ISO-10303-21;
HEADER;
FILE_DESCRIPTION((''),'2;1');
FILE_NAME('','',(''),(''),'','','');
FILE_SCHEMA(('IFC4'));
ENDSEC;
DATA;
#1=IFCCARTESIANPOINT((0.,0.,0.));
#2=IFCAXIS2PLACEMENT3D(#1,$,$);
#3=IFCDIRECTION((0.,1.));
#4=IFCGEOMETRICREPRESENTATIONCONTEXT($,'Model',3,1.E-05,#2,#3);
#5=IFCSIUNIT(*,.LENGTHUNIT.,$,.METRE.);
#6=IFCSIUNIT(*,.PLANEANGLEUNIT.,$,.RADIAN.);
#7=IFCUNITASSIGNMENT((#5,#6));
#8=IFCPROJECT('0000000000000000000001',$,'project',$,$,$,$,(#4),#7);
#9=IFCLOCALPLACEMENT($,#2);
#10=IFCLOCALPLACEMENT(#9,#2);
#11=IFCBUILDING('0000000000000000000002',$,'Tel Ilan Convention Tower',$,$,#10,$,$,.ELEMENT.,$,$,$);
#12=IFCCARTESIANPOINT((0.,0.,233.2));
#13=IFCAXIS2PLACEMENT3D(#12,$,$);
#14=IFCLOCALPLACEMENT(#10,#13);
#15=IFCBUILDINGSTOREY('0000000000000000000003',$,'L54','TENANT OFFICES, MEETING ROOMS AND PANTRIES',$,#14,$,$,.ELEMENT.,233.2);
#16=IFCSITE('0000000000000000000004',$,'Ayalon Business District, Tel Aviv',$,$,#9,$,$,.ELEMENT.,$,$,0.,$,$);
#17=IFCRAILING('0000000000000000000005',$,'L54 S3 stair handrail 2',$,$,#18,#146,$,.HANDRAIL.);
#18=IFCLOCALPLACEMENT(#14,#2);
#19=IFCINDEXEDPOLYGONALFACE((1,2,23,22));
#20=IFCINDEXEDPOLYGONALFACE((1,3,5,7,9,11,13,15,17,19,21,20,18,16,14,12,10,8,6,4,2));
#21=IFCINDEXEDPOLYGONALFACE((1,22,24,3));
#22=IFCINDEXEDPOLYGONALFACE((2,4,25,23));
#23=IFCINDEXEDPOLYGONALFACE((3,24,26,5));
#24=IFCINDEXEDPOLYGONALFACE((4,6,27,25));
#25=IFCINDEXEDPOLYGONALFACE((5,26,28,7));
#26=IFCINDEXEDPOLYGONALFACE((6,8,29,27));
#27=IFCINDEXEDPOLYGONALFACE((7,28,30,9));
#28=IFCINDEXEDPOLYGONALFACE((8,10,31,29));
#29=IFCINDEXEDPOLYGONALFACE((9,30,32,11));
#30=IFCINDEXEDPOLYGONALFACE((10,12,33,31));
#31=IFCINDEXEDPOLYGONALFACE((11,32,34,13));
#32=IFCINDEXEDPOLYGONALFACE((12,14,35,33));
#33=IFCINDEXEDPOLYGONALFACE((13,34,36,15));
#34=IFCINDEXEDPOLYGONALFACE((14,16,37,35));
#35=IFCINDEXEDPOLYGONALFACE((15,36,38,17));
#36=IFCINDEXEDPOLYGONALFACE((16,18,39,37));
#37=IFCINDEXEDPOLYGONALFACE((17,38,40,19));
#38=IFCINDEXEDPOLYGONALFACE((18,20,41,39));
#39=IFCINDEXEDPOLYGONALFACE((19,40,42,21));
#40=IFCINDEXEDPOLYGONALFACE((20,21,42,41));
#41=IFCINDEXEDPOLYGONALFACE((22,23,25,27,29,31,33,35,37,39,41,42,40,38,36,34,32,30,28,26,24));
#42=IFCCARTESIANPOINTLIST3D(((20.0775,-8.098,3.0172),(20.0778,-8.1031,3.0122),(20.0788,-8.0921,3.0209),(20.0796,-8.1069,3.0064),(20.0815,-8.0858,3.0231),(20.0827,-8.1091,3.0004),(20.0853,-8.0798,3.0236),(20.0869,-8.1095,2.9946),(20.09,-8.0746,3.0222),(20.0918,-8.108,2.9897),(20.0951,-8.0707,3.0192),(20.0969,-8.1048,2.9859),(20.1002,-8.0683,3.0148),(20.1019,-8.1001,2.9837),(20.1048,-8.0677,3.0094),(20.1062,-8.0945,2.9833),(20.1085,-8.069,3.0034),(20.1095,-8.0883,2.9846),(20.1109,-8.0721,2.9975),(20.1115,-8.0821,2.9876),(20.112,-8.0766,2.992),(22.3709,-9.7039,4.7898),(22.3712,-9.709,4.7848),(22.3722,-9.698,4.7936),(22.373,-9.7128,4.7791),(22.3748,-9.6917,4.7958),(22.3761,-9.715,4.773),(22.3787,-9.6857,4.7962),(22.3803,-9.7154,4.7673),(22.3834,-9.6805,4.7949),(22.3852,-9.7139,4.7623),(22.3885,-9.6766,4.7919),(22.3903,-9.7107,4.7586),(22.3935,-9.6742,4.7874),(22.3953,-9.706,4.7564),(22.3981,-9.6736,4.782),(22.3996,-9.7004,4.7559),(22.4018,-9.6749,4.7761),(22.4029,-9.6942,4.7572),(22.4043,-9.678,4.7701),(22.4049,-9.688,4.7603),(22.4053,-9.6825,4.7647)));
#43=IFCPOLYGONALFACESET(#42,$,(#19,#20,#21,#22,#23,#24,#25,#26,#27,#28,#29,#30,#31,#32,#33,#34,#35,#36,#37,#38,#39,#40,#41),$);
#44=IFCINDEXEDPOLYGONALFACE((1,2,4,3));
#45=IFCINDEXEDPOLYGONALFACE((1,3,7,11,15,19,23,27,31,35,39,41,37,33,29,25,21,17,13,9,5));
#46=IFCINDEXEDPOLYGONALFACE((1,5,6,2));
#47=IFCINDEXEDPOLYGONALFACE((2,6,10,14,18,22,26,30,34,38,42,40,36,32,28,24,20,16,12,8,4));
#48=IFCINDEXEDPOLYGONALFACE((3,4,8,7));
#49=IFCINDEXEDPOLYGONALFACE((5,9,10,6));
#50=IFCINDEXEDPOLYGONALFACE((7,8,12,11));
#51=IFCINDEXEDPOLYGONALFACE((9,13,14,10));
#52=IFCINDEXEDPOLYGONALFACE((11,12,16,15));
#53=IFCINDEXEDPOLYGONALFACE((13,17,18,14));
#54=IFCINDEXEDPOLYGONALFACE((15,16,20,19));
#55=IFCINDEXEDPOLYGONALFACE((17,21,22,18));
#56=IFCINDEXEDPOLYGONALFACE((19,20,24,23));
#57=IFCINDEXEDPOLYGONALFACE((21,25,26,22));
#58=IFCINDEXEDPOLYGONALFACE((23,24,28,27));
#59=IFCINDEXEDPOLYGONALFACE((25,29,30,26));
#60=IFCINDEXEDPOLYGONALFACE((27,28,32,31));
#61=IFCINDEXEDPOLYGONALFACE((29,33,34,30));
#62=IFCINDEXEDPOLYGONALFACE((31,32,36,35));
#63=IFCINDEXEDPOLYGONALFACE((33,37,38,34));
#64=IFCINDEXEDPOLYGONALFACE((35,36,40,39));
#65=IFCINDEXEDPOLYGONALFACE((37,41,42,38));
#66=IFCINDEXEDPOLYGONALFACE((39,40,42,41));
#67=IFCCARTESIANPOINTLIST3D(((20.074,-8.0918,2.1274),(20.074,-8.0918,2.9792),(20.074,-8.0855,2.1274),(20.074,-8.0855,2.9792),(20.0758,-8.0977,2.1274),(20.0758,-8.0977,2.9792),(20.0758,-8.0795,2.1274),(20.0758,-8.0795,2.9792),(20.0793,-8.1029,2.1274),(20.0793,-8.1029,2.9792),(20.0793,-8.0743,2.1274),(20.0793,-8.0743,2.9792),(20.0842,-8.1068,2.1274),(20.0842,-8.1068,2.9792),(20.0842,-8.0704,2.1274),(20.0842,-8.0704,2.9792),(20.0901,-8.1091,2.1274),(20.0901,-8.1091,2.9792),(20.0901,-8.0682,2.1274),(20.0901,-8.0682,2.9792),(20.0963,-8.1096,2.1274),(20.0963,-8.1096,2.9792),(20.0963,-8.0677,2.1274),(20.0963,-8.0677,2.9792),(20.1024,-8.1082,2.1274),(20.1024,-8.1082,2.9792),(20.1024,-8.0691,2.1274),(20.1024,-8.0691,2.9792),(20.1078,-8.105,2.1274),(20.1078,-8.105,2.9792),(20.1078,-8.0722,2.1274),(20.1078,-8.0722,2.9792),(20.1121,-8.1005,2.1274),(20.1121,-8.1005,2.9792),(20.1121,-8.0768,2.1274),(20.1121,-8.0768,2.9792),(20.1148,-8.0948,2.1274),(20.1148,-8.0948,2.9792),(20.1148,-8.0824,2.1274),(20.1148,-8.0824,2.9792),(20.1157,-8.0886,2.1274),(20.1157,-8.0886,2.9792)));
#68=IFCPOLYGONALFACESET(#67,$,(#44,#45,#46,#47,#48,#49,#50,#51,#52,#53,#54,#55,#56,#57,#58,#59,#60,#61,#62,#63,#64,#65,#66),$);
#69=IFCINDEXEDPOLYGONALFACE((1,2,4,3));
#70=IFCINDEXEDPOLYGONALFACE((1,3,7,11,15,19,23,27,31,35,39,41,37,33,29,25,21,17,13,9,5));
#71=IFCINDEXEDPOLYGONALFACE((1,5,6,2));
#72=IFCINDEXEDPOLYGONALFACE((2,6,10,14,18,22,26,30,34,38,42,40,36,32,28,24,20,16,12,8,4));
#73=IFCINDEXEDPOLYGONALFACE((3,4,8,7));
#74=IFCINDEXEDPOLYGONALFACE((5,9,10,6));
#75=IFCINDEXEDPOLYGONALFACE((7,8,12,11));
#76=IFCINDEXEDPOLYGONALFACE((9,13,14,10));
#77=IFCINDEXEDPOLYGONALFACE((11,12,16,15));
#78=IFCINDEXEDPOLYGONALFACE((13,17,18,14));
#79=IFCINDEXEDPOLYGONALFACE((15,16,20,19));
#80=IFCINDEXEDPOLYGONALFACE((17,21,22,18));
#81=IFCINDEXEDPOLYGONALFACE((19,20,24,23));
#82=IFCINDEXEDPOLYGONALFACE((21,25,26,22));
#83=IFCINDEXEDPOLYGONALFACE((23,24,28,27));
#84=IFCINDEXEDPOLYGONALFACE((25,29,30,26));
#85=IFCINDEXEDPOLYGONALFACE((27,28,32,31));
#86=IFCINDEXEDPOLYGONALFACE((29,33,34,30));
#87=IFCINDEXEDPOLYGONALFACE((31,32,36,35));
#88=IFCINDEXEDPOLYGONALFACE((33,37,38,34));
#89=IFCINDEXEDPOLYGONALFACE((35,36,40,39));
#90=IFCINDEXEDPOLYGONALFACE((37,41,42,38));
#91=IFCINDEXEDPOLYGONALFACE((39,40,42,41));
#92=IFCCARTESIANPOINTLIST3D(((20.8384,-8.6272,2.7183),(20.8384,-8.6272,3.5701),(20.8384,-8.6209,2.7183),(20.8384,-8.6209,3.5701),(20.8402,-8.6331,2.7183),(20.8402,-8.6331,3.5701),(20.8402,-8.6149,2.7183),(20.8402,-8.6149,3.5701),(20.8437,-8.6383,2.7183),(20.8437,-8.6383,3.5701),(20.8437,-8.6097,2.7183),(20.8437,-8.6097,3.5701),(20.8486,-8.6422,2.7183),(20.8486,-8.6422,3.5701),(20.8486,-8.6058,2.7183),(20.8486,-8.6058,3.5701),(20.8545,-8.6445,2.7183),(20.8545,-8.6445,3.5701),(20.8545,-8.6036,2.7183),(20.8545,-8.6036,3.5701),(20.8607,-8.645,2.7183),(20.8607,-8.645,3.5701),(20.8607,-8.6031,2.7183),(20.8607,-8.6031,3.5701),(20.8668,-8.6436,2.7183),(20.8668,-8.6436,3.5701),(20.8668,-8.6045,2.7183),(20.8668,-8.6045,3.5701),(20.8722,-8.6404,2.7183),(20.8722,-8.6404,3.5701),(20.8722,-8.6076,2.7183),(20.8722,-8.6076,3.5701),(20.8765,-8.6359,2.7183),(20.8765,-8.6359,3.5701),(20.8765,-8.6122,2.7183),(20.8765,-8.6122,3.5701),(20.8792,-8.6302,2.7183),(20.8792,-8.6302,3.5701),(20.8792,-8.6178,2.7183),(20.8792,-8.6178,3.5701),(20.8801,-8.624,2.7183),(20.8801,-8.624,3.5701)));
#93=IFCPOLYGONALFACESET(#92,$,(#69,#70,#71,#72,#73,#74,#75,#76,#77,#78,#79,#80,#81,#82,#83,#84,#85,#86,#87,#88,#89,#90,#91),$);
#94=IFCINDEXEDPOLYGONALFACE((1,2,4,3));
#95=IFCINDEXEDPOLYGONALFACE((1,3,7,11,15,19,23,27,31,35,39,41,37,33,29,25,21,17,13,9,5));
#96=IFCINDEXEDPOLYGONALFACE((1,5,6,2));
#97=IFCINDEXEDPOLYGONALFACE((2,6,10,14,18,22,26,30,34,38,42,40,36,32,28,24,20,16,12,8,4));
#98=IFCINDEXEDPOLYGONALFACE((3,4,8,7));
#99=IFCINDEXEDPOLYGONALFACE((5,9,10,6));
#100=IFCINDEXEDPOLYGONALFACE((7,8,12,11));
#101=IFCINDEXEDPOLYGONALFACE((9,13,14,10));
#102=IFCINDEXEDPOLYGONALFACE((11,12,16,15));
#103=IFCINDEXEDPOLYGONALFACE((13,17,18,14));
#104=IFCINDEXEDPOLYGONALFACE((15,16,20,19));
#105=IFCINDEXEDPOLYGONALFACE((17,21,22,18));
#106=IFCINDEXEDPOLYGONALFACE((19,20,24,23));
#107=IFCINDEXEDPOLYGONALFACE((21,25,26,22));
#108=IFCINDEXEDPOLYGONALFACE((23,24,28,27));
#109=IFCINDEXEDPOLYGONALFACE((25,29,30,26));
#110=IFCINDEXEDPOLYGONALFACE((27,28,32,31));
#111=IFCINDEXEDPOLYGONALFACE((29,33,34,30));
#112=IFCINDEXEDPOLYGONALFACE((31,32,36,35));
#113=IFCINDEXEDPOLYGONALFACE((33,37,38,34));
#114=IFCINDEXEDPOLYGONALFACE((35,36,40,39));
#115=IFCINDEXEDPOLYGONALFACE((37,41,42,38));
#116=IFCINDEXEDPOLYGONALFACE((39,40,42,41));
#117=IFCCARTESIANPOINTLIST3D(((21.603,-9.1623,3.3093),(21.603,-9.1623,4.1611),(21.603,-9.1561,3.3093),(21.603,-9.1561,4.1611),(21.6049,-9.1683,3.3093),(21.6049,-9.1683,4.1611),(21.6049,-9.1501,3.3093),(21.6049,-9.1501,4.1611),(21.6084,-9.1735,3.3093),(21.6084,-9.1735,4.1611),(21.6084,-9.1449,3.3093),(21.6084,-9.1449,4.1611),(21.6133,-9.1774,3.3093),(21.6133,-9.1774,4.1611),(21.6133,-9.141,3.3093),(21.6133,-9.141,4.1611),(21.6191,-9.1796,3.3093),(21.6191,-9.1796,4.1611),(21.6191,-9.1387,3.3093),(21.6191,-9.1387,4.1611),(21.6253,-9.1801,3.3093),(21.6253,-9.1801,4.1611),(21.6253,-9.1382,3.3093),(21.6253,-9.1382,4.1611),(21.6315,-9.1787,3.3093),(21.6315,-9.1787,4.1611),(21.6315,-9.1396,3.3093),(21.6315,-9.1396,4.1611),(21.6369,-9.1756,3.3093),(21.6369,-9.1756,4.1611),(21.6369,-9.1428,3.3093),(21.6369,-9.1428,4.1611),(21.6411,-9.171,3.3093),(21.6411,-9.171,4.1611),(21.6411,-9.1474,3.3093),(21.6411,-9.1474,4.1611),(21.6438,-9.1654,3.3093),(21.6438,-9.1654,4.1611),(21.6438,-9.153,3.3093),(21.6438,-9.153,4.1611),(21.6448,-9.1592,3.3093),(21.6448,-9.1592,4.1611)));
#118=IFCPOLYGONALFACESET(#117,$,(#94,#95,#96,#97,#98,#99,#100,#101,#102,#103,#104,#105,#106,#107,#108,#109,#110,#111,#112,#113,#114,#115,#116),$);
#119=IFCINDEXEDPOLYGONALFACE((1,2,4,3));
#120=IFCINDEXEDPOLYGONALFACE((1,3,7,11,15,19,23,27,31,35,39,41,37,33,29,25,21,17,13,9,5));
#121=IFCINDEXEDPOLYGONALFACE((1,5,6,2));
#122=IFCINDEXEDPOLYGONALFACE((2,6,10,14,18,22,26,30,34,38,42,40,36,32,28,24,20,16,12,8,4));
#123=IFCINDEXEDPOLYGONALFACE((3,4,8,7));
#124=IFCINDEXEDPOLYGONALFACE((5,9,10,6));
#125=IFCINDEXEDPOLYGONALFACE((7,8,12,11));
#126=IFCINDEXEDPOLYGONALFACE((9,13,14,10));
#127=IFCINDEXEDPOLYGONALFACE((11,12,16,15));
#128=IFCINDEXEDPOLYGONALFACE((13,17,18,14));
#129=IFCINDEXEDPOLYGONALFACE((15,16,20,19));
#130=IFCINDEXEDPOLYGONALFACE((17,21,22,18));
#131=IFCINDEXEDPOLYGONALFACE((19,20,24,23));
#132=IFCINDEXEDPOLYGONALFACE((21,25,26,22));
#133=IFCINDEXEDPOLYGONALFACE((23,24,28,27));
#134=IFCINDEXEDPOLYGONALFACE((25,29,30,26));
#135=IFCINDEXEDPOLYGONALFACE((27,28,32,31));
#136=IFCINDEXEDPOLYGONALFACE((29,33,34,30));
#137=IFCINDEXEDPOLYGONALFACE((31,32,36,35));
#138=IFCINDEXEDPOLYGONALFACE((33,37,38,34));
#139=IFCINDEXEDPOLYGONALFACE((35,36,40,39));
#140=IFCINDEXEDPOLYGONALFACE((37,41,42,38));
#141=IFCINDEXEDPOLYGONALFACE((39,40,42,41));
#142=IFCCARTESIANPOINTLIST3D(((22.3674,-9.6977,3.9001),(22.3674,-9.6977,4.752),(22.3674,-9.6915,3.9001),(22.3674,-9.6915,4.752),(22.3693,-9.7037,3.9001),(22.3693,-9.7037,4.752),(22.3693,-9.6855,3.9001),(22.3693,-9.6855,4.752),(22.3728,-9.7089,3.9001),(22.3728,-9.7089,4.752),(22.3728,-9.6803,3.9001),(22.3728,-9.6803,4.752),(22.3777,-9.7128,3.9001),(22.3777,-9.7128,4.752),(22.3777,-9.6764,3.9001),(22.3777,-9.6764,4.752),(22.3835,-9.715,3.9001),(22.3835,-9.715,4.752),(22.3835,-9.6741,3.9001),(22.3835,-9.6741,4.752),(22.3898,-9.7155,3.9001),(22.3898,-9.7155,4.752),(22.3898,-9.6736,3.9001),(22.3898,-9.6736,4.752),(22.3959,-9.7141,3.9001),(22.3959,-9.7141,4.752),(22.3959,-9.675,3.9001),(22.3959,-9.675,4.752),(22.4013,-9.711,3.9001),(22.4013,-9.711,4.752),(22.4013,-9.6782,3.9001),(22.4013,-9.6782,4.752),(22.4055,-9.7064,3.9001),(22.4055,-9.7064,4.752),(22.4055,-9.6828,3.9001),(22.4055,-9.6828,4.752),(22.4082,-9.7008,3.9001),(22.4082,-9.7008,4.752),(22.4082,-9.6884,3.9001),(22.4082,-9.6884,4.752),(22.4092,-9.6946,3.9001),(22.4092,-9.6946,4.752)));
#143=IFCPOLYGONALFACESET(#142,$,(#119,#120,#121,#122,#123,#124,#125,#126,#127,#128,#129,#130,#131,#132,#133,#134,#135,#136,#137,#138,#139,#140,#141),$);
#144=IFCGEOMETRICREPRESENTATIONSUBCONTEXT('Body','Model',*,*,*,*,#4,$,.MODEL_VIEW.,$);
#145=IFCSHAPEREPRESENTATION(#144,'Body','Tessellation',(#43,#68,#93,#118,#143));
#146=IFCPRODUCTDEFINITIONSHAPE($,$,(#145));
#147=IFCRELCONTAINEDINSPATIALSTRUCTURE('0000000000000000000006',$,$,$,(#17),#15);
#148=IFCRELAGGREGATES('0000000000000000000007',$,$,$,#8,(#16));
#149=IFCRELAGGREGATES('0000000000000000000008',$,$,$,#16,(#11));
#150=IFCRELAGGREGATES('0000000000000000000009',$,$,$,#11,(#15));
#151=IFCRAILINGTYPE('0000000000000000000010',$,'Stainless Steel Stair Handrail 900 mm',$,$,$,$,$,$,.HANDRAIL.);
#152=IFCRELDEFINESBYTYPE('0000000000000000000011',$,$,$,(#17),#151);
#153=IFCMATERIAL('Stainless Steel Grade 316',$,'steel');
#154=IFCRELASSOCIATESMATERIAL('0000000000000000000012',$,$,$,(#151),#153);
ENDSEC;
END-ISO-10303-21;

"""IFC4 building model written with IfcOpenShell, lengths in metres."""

from ifc_helpers import new_model, si_unit, direction, frame, origin, origin_2d, place, context, subcontext, project, spatial, circle, extrude, material, type_object, element, save


model = new_model("IFC4")

# Units and contexts
model_context = context("Model", 3, precision=1e-05, world=origin(), true_north=direction((0.0, 1.0)))
body_context = subcontext(model_context, "Body", "Model", "MODEL_VIEW")
ifc_project = project(units=[si_unit("LENGTHUNIT", "METRE"), si_unit("PLANEANGLEUNIT", "RADIAN")], contexts=[model_context])

# Site, building, storey
site_placement = place(None, origin())
site = spatial("IfcSite", under=ifc_project, at=site_placement, Name="Ayalon Business District, Tel Aviv", CompositionType="ELEMENT", RefElevation=0.0)
building_placement = place(site_placement, origin())
building = spatial("IfcBuilding", under=site, at=building_placement, Name="Tel Ilan Convention Tower", CompositionType="ELEMENT")
storey_placement = place(building_placement, frame((0.0, 0.0, 233.2)))
storey = spatial("IfcBuildingStorey", under=building, at=storey_placement, Name="L54", Description="TENANT OFFICES, MEETING ROOMS AND PANTRIES", CompositionType="ELEMENT", Elevation=233.2)

# Railing
ifc_material_1 = material(Name="Stainless Steel Grade 316", Category="steel")
railing_type_1 = type_object("IfcRailingType", Name="Stainless Steel Stair Handrail 900 mm", PredefinedType="HANDRAIL", material=ifc_material_1)
railing_1_placement = place(storey_placement, frame((20.0947, -8.0886, 2.1274)))
element("IfcRailing", 1, at=railing_1_placement, inside=storey, type_object=railing_type_1, Name="L54 S3 stair handrail 2", PredefinedType="HANDRAIL", context=body_context, shape_type="SweptSolid", body=[
    extrude(circle(Radius=0.0239, at=origin_2d()), frame((0.0, 0.0, 0.876), z_axis=(0.692085, -0.484621, 0.53494), x_axis=(0.573591, 0.819142, 0.0)), (0.0, 0.0, 1.0), 3.3137),
    extrude(circle(Radius=0.021, at=origin_2d()), origin(), (0.0, 0.0, 1.0), 0.8518),
    extrude(circle(Radius=0.021, at=origin_2d()), frame((0.7644, -0.5354, 0.5908)), (0.0, 0.0, 1.0), 0.8518),
    extrude(circle(Radius=0.021, at=origin_2d()), frame((1.5291, -1.0706, 1.1819)), (0.0, 0.0, 1.0), 0.8518),
    extrude(circle(Radius=0.021, at=origin_2d()), frame((2.2935, -1.606, 1.7727)), (0.0, 0.0, 1.0), 0.8518),
])

save(model, "model.ifc")
